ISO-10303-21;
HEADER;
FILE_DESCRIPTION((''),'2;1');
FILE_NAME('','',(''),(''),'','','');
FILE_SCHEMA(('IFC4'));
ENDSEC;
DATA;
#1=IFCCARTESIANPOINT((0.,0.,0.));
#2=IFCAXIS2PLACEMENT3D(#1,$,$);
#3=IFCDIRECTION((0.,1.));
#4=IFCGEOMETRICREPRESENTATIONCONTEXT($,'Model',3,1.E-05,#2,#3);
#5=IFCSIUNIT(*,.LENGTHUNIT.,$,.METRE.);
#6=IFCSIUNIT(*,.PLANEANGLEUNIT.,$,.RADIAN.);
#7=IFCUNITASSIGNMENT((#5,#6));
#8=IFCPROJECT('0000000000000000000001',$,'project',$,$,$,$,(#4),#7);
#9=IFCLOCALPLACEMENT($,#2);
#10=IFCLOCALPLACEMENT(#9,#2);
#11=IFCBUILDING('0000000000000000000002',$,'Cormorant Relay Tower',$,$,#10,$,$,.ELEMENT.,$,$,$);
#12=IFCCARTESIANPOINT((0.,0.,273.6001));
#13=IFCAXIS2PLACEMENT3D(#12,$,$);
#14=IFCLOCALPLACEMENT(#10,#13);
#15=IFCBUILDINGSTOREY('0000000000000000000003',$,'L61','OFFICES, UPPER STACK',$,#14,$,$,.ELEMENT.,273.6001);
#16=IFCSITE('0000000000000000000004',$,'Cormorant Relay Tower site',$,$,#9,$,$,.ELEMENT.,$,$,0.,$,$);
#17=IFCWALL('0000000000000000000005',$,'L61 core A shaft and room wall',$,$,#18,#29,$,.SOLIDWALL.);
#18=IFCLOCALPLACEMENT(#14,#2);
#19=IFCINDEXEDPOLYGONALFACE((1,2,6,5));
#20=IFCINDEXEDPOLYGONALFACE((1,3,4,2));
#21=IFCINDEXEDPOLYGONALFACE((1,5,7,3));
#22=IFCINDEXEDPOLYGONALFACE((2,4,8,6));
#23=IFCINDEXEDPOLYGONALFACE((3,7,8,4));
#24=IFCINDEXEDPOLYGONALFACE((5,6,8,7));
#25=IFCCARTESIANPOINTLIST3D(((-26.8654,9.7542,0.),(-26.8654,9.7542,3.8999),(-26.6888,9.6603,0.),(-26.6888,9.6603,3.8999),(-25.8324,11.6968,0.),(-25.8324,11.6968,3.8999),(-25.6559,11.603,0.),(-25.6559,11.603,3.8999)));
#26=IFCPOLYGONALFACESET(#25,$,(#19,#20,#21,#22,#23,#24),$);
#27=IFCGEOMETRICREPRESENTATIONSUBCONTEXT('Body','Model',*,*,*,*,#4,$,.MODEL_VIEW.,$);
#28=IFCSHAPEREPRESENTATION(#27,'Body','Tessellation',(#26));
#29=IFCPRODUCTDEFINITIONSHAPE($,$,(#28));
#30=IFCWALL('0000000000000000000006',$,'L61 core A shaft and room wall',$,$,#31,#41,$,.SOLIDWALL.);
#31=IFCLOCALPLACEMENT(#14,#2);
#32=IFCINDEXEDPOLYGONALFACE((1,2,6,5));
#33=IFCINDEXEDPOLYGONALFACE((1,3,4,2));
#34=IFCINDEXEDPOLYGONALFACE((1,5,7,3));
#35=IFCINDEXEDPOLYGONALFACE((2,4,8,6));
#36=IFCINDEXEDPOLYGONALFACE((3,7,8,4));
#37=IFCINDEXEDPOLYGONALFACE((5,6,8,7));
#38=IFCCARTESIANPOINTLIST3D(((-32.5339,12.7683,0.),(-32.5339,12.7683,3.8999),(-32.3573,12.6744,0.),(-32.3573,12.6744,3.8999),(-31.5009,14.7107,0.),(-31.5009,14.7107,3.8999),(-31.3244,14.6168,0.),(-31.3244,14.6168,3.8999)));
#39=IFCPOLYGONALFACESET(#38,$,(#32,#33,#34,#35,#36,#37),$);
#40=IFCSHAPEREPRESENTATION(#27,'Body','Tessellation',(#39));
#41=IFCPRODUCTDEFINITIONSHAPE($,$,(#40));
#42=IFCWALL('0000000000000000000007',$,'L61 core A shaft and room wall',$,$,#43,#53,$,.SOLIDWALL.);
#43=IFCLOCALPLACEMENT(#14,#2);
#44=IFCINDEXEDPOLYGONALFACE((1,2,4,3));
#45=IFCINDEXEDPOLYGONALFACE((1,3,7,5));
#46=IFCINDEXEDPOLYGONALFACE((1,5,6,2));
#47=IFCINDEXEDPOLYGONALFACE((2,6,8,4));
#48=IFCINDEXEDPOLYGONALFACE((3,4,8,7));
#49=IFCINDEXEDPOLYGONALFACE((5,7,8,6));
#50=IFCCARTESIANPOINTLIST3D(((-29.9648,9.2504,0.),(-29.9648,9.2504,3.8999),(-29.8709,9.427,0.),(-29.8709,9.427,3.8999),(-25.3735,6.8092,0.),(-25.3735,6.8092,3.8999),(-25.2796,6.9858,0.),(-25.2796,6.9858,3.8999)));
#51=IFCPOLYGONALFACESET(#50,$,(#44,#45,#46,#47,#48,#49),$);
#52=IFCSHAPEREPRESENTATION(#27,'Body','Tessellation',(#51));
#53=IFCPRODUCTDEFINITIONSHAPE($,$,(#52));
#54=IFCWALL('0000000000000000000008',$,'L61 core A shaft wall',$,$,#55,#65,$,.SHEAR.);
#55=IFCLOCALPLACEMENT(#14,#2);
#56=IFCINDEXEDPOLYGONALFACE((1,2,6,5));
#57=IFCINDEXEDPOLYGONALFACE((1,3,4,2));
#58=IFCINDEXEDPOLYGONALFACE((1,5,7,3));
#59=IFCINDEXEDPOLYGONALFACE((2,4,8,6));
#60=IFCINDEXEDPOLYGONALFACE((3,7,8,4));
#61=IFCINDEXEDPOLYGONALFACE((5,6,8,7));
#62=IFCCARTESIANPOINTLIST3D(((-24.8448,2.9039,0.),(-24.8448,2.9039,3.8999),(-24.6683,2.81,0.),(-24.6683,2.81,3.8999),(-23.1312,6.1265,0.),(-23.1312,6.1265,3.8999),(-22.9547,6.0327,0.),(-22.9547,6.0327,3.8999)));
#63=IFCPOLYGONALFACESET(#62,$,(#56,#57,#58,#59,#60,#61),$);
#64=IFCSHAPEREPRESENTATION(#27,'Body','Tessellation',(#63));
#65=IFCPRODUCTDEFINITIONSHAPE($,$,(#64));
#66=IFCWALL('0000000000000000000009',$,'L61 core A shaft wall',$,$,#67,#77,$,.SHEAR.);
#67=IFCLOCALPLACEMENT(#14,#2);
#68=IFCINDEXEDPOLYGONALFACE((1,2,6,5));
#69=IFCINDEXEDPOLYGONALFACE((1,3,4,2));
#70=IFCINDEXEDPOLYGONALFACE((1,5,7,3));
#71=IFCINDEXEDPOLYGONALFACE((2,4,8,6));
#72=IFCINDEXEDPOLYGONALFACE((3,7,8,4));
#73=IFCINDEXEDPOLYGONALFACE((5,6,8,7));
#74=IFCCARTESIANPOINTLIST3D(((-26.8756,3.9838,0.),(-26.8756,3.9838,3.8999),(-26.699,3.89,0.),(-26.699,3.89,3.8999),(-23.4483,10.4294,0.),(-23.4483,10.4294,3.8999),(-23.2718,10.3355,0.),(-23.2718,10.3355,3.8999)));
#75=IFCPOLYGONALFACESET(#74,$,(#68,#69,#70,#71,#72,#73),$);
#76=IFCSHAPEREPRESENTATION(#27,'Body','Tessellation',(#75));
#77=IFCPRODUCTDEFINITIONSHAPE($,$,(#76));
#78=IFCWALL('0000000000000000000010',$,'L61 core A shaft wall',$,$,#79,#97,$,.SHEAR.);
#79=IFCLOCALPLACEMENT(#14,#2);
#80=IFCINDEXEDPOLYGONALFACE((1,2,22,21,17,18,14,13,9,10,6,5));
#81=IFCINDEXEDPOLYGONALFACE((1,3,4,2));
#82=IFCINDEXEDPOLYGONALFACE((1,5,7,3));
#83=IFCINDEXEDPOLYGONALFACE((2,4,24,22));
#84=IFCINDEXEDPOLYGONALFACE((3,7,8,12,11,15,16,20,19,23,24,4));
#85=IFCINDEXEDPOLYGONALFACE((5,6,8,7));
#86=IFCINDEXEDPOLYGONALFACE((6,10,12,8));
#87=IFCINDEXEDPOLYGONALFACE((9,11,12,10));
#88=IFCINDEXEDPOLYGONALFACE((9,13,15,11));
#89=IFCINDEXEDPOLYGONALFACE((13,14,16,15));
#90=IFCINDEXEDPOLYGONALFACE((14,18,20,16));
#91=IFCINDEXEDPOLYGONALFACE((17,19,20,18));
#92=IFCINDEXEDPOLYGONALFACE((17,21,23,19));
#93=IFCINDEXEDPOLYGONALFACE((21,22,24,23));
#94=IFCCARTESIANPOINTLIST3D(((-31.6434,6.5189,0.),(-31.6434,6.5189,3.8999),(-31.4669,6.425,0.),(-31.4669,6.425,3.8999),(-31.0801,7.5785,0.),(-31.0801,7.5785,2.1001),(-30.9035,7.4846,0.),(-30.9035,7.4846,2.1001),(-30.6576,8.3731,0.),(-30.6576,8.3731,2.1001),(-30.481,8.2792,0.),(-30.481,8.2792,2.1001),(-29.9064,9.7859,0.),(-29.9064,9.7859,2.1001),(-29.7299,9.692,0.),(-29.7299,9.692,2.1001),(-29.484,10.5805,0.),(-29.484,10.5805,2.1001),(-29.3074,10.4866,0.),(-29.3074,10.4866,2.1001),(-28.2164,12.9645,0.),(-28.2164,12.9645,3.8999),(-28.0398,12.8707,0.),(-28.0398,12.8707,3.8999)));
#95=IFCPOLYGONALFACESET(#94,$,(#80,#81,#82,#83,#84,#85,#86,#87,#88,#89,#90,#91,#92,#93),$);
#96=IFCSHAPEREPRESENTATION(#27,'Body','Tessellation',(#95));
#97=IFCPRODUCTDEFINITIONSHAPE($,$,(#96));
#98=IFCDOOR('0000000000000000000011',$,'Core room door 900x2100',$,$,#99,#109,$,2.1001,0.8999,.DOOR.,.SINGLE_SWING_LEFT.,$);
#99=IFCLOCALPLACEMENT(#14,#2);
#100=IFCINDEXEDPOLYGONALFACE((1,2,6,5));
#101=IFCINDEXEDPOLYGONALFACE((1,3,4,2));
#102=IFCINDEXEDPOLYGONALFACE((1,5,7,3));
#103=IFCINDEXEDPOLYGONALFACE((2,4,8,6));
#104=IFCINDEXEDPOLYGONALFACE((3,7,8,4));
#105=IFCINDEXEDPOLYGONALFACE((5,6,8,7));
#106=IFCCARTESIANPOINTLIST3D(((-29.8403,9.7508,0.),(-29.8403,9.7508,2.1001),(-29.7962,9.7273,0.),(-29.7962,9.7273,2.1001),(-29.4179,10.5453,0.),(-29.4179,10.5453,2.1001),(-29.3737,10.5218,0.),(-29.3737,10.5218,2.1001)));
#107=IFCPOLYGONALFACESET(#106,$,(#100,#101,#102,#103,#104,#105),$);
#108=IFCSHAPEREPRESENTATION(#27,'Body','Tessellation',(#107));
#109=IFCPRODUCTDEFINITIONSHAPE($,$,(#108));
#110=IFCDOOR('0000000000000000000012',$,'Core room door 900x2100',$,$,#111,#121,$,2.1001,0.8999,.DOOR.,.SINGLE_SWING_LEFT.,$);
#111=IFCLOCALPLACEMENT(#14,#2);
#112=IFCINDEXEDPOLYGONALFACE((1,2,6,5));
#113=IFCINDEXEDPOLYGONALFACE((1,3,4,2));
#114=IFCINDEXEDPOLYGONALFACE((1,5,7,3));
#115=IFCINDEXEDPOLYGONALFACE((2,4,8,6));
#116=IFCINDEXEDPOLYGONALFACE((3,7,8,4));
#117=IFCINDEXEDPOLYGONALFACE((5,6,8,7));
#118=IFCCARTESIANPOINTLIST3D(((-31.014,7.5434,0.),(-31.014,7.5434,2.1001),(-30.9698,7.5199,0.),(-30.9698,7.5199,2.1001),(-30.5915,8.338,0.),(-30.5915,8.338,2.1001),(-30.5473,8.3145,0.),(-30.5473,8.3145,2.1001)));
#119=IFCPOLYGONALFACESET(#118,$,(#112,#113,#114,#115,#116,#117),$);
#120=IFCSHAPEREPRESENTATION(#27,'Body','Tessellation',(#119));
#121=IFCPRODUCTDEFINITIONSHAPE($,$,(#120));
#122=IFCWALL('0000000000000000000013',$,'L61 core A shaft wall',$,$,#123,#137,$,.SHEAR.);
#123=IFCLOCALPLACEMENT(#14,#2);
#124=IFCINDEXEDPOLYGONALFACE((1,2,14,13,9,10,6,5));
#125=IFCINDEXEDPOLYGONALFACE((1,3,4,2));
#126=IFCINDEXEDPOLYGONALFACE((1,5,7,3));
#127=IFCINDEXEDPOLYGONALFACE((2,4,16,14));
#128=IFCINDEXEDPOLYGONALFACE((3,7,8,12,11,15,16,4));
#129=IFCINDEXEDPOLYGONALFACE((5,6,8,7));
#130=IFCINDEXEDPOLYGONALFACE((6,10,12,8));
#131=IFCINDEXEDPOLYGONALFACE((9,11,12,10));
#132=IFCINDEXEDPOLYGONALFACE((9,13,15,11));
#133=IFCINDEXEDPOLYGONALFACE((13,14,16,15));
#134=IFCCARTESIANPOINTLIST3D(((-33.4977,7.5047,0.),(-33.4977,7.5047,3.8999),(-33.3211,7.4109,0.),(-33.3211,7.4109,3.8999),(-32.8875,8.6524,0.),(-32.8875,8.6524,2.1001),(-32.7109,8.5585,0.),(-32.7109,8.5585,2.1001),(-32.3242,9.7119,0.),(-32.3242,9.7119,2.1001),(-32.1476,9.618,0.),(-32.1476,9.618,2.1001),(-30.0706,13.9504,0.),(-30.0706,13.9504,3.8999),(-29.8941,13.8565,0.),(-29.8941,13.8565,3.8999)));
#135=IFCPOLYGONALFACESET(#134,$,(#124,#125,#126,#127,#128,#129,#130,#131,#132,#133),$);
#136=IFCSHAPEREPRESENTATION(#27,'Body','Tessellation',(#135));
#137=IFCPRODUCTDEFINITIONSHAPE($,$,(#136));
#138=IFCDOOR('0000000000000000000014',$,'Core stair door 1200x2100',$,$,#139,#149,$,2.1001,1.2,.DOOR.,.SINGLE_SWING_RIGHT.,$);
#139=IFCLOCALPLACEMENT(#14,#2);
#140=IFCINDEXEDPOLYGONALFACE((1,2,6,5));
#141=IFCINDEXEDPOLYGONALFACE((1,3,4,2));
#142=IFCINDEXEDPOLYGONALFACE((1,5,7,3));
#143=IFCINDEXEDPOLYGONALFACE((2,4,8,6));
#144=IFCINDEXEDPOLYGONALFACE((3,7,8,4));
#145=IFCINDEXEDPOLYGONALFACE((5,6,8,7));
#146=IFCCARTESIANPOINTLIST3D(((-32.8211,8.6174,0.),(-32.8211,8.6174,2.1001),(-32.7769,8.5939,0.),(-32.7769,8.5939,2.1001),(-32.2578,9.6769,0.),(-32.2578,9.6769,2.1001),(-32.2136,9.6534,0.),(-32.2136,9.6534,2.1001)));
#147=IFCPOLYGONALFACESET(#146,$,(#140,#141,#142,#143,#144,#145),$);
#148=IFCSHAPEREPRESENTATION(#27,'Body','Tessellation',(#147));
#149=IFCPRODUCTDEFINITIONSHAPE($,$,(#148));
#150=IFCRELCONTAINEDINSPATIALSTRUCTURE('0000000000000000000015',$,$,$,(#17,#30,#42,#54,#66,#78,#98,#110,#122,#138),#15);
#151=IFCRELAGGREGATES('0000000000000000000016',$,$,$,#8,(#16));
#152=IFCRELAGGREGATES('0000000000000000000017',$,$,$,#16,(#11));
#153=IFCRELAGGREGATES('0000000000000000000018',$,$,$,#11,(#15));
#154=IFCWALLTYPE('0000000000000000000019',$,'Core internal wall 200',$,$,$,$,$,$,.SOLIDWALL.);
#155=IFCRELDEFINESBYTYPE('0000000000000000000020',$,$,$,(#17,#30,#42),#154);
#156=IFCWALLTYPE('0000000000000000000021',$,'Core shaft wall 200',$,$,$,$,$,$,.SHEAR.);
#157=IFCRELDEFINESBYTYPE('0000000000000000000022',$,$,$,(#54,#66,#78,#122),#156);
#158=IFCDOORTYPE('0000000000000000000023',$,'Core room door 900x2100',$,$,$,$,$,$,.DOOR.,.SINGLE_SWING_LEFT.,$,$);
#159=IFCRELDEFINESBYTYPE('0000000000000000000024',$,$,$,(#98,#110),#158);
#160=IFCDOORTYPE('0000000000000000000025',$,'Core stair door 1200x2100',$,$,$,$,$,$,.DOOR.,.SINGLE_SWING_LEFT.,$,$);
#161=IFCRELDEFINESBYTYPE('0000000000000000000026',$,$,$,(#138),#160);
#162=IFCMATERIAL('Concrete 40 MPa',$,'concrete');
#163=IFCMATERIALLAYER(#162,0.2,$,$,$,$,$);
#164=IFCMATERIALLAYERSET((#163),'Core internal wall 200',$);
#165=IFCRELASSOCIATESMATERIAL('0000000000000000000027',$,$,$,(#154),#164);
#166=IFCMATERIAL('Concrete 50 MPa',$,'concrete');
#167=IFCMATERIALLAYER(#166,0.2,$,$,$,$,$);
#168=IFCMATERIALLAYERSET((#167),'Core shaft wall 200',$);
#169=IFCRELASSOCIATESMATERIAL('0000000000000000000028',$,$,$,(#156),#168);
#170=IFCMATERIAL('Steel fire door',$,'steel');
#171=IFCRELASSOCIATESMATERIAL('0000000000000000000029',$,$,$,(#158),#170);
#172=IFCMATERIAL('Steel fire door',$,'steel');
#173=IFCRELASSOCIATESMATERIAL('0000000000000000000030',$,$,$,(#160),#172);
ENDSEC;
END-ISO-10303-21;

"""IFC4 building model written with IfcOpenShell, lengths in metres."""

from ifc_helpers import new_model, si_unit, direction, frame, frame_2d, origin, place, context, subcontext, project, spatial, rectangle, extrude, material, layer, layer_set, type_object, element, fill, save


model = new_model("IFC4")

# Units and contexts
model_context = context("Model", 3, precision=1e-05, world=origin(), true_north=direction((0.0, 1.0)))
body_context = subcontext(model_context, "Body", "Model", "MODEL_VIEW")
ifc_project = project(units=[si_unit("LENGTHUNIT", "METRE"), si_unit("PLANEANGLEUNIT", "RADIAN")], contexts=[model_context])

# Site, building, storey
site_placement = place(None, origin())
site = spatial("IfcSite", under=ifc_project, at=site_placement, Name="Cormorant Relay Tower site", CompositionType="ELEMENT", RefElevation=0.0)
building_placement = place(site_placement, origin())
building = spatial("IfcBuilding", under=site, at=building_placement, Name="Cormorant Relay Tower", CompositionType="ELEMENT")
storey_placement = place(building_placement, frame((0.0, 0.0, 273.6001)))
storey = spatial("IfcBuildingStorey", under=building, at=storey_placement, Name="L61", Description="OFFICES, UPPER STACK", CompositionType="ELEMENT", Elevation=273.6001)

# Walls
ifc_material_1 = material(Name="Concrete 40 MPa", Category="concrete")
ifc_layer_1 = layer(ifc_material_1, 0.2)
ifc_layer_set_1 = layer_set([ifc_layer_1], Name="Core internal wall 200")
wall_type_1 = type_object("IfcWallType", Name="Core internal wall 200", PredefinedType="SOLIDWALL", material=ifc_layer_set_1)
wall_1_placement = place(storey_placement, frame((-25.7441, 11.6499, 0.0), z_axis=(0.0, 0.0, 1.0), x_axis=(-0.469488, -0.882939, 0.0)))
element("IfcWall", 1, at=wall_1_placement, inside=storey, type_object=wall_type_1, Name="L61 core A shaft and room wall", PredefinedType="SOLIDWALL", context=body_context, shape_type="SweptSolid", body=[
    extrude(rectangle(XDim=2.2002, YDim=0.2, at=frame_2d((1.1001, 0.0))), origin(), (0.0, 0.0, 1.0), 3.8999),
])
wall_2_placement = place(storey_placement, frame((-31.4126, 14.6638, 0.0), z_axis=(0.0, 0.0, 1.0), x_axis=(-0.469534, -0.882914, 0.0)))
element("IfcWall", 2, at=wall_2_placement, inside=storey, type_object=wall_type_1, Name="L61 core A shaft and room wall", PredefinedType="SOLIDWALL", context=body_context, shape_type="SweptSolid", body=[
    extrude(rectangle(XDim=2.2, YDim=0.2, at=frame_2d((1.1001, 0.0))), origin(), (0.0, 0.0, 1.0), 3.8999),
])
wall_3_placement = place(storey_placement, frame((-25.3264, 6.8975, 0.0), z_axis=(0.0, 0.0, 1.0), x_axis=(-0.882954, 0.46946, 0.0)))
element("IfcWall", 3, at=wall_3_placement, inside=storey, type_object=wall_type_1, Name="L61 core A shaft and room wall", PredefinedType="SOLIDWALL", context=body_context, shape_type="SweptSolid", body=[
    extrude(rectangle(XDim=5.2, YDim=0.2, at=frame_2d((2.6001, 0.0))), origin(), (0.0, 0.0, 1.0), 3.8999),
])
ifc_material_2 = material(Name="Concrete 50 MPa", Category="concrete")
ifc_layer_2 = layer(ifc_material_2, 0.2)
ifc_layer_set_2 = layer_set([ifc_layer_2], Name="Core shaft wall 200")
wall_type_2 = type_object("IfcWallType", Name="Core shaft wall 200", PredefinedType="SHEAR", material=ifc_layer_set_2)
wall_4_placement = place(storey_placement, frame((-23.043, 6.0796, 0.0), z_axis=(0.0, 0.0, 1.0), x_axis=(-0.469494, -0.882936, 0.0)))
element("IfcWall", 4, at=wall_4_placement, inside=storey, type_object=wall_type_2, Name="L61 core A shaft wall", PredefinedType="SHEAR", context=body_context, shape_type="SweptSolid", body=[
    extrude(rectangle(XDim=3.6499, YDim=0.2, at=frame_2d((1.825, 0.0))), origin(), (0.0, 0.0, 1.0), 3.8999),
])
wall_5_placement = place(storey_placement, frame((-23.3601, 10.3823, 0.0), z_axis=(0.0, 0.0, 1.0), x_axis=(-0.46948, -0.882943, 0.0)))
element("IfcWall", 5, at=wall_5_placement, inside=storey, type_object=wall_type_2, Name="L61 core A shaft wall", PredefinedType="SHEAR", context=body_context, shape_type="SweptSolid", body=[
    extrude(rectangle(XDim=7.3, YDim=0.2, at=frame_2d((3.6499, 0.0))), origin(), (0.0, 0.0, 1.0), 3.8999),
])

# Wall, openings, doors
wall_6_placement = place(storey_placement, frame((-28.1282, 12.9175, 0.0), z_axis=(0.0, 0.0, 1.0), x_axis=(-0.469454, -0.882957, 0.0)))
wall_6 = element("IfcWall", 6, at=wall_6_placement, inside=storey, type_object=wall_type_2, Name="L61 core A shaft wall", PredefinedType="SHEAR", context=body_context, shape_type="SweptSolid", body=[
    extrude(rectangle(XDim=7.3, YDim=0.2, at=frame_2d((3.6499, 0.0))), origin(), (0.0, 0.0, 1.0), 3.8999),
])
opening_1_placement = place(wall_6_placement, frame((2.7, 0.0, 0.0)))
opening_1 = element("IfcOpeningElement", 7, at=opening_1_placement, cuts=wall_6, PredefinedType="OPENING", context=body_context, shape_type="SweptSolid", body=[
    extrude(rectangle(XDim=0.8999, YDim=2.1001, at=frame_2d((0.45, 1.05))), frame((0.0, 0.1099, 0.0), z_axis=(0.0, -1.0, 0.0), x_axis=(1.0, 0.0, 0.0)), (0.0, 0.0, 1.0), 0.22),
])
opening_2_placement = place(wall_6_placement, frame((5.2, 0.0, 0.0)))
opening_2 = element("IfcOpeningElement", 8, at=opening_2_placement, cuts=wall_6, PredefinedType="OPENING", context=body_context, shape_type="SweptSolid", body=[
    extrude(rectangle(XDim=0.8999, YDim=2.1001, at=frame_2d((0.45, 1.05))), frame((0.0, 0.1099, 0.0), z_axis=(0.0, -1.0, 0.0), x_axis=(1.0, 0.0, 0.0)), (0.0, 0.0, 1.0), 0.22),
])
ifc_material_3 = material(Name="Steel fire door", Category="steel")
door_type_1 = type_object("IfcDoorType", Name="Core room door 900x2100", OperationType="SINGLE_SWING_LEFT", PredefinedType="DOOR", material=ifc_material_3)
door_1_placement = place(opening_1_placement, origin())
door_1 = element("IfcDoor", 9, at=door_1_placement, inside=storey, type_object=door_type_1, Name="Core room door 900x2100", OperationType="SINGLE_SWING_LEFT", OverallHeight=2.1001, OverallWidth=0.8999, PredefinedType="DOOR", context=body_context, shape_type="SweptSolid", body=[
    extrude(rectangle(XDim=0.8999, YDim=2.1001, at=frame_2d((0.45, 1.05))), frame((0.0, 0.0249, 0.0), z_axis=(0.0, -1.0, 0.0), x_axis=(1.0, 0.0, 0.0)), (0.0, 0.0, 1.0), 0.05),
])
fill(opening_1, door_1)
door_2_placement = place(opening_2_placement, origin())
door_2 = element("IfcDoor", 10, at=door_2_placement, inside=storey, type_object=door_type_1, Name="Core room door 900x2100", OperationType="SINGLE_SWING_LEFT", OverallHeight=2.1001, OverallWidth=0.8999, PredefinedType="DOOR", context=body_context, shape_type="SweptSolid", body=[
    extrude(rectangle(XDim=0.8999, YDim=2.1001, at=frame_2d((0.45, 1.05))), frame((0.0, 0.0249, 0.0), z_axis=(0.0, -1.0, 0.0), x_axis=(1.0, 0.0, 0.0)), (0.0, 0.0, 1.0), 0.05),
])
fill(opening_2, door_2)

# Wall, opening, door
wall_7_placement = place(storey_placement, frame((-29.9824, 13.9033, 0.0), z_axis=(0.0, 0.0, 1.0), x_axis=(-0.469454, -0.882957, 0.0)))
wall_7 = element("IfcWall", 11, at=wall_7_placement, inside=storey, type_object=wall_type_2, Name="L61 core A shaft wall", PredefinedType="SHEAR", context=body_context, shape_type="SweptSolid", body=[
    extrude(rectangle(XDim=7.3, YDim=0.2, at=frame_2d((3.6499, 0.0))), origin(), (0.0, 0.0, 1.0), 3.8999),
])
opening_3_placement = place(wall_7_placement, frame((4.8, 0.0, 0.0)))
opening_3 = element("IfcOpeningElement", 12, at=opening_3_placement, cuts=wall_7, PredefinedType="OPENING", context=body_context, shape_type="SweptSolid", body=[
    extrude(rectangle(XDim=1.2, YDim=2.1001, at=frame_2d((0.6001, 1.05))), frame((0.0, 0.1099, 0.0), z_axis=(0.0, -1.0, 0.0), x_axis=(1.0, 0.0, 0.0)), (0.0, 0.0, 1.0), 0.22),
])
ifc_material_4 = material(Name="Steel fire door", Category="steel")
door_type_2 = type_object("IfcDoorType", Name="Core stair door 1200x2100", OperationType="SINGLE_SWING_LEFT", PredefinedType="DOOR", material=ifc_material_4)
door_3_placement = place(opening_3_placement, frame((1.2, 0.0, 0.0), z_axis=(0.0, 0.0, 1.0), x_axis=(-1.0, 0.0, 0.0)))
door_3 = element("IfcDoor", 13, at=door_3_placement, inside=storey, type_object=door_type_2, Name="Core stair door 1200x2100", OperationType="SINGLE_SWING_RIGHT", OverallHeight=2.1001, OverallWidth=1.2, PredefinedType="DOOR", context=body_context, shape_type="SweptSolid", body=[
    extrude(rectangle(XDim=1.2, YDim=2.1001, at=frame_2d((0.6001, 1.05))), frame((0.0, 0.0249, 0.0), z_axis=(0.0, -1.0, 0.0), x_axis=(1.0, 0.0, 0.0)), (0.0, 0.0, 1.0), 0.05),
])
fill(opening_3, door_3)

save(model, "model.ifc")
